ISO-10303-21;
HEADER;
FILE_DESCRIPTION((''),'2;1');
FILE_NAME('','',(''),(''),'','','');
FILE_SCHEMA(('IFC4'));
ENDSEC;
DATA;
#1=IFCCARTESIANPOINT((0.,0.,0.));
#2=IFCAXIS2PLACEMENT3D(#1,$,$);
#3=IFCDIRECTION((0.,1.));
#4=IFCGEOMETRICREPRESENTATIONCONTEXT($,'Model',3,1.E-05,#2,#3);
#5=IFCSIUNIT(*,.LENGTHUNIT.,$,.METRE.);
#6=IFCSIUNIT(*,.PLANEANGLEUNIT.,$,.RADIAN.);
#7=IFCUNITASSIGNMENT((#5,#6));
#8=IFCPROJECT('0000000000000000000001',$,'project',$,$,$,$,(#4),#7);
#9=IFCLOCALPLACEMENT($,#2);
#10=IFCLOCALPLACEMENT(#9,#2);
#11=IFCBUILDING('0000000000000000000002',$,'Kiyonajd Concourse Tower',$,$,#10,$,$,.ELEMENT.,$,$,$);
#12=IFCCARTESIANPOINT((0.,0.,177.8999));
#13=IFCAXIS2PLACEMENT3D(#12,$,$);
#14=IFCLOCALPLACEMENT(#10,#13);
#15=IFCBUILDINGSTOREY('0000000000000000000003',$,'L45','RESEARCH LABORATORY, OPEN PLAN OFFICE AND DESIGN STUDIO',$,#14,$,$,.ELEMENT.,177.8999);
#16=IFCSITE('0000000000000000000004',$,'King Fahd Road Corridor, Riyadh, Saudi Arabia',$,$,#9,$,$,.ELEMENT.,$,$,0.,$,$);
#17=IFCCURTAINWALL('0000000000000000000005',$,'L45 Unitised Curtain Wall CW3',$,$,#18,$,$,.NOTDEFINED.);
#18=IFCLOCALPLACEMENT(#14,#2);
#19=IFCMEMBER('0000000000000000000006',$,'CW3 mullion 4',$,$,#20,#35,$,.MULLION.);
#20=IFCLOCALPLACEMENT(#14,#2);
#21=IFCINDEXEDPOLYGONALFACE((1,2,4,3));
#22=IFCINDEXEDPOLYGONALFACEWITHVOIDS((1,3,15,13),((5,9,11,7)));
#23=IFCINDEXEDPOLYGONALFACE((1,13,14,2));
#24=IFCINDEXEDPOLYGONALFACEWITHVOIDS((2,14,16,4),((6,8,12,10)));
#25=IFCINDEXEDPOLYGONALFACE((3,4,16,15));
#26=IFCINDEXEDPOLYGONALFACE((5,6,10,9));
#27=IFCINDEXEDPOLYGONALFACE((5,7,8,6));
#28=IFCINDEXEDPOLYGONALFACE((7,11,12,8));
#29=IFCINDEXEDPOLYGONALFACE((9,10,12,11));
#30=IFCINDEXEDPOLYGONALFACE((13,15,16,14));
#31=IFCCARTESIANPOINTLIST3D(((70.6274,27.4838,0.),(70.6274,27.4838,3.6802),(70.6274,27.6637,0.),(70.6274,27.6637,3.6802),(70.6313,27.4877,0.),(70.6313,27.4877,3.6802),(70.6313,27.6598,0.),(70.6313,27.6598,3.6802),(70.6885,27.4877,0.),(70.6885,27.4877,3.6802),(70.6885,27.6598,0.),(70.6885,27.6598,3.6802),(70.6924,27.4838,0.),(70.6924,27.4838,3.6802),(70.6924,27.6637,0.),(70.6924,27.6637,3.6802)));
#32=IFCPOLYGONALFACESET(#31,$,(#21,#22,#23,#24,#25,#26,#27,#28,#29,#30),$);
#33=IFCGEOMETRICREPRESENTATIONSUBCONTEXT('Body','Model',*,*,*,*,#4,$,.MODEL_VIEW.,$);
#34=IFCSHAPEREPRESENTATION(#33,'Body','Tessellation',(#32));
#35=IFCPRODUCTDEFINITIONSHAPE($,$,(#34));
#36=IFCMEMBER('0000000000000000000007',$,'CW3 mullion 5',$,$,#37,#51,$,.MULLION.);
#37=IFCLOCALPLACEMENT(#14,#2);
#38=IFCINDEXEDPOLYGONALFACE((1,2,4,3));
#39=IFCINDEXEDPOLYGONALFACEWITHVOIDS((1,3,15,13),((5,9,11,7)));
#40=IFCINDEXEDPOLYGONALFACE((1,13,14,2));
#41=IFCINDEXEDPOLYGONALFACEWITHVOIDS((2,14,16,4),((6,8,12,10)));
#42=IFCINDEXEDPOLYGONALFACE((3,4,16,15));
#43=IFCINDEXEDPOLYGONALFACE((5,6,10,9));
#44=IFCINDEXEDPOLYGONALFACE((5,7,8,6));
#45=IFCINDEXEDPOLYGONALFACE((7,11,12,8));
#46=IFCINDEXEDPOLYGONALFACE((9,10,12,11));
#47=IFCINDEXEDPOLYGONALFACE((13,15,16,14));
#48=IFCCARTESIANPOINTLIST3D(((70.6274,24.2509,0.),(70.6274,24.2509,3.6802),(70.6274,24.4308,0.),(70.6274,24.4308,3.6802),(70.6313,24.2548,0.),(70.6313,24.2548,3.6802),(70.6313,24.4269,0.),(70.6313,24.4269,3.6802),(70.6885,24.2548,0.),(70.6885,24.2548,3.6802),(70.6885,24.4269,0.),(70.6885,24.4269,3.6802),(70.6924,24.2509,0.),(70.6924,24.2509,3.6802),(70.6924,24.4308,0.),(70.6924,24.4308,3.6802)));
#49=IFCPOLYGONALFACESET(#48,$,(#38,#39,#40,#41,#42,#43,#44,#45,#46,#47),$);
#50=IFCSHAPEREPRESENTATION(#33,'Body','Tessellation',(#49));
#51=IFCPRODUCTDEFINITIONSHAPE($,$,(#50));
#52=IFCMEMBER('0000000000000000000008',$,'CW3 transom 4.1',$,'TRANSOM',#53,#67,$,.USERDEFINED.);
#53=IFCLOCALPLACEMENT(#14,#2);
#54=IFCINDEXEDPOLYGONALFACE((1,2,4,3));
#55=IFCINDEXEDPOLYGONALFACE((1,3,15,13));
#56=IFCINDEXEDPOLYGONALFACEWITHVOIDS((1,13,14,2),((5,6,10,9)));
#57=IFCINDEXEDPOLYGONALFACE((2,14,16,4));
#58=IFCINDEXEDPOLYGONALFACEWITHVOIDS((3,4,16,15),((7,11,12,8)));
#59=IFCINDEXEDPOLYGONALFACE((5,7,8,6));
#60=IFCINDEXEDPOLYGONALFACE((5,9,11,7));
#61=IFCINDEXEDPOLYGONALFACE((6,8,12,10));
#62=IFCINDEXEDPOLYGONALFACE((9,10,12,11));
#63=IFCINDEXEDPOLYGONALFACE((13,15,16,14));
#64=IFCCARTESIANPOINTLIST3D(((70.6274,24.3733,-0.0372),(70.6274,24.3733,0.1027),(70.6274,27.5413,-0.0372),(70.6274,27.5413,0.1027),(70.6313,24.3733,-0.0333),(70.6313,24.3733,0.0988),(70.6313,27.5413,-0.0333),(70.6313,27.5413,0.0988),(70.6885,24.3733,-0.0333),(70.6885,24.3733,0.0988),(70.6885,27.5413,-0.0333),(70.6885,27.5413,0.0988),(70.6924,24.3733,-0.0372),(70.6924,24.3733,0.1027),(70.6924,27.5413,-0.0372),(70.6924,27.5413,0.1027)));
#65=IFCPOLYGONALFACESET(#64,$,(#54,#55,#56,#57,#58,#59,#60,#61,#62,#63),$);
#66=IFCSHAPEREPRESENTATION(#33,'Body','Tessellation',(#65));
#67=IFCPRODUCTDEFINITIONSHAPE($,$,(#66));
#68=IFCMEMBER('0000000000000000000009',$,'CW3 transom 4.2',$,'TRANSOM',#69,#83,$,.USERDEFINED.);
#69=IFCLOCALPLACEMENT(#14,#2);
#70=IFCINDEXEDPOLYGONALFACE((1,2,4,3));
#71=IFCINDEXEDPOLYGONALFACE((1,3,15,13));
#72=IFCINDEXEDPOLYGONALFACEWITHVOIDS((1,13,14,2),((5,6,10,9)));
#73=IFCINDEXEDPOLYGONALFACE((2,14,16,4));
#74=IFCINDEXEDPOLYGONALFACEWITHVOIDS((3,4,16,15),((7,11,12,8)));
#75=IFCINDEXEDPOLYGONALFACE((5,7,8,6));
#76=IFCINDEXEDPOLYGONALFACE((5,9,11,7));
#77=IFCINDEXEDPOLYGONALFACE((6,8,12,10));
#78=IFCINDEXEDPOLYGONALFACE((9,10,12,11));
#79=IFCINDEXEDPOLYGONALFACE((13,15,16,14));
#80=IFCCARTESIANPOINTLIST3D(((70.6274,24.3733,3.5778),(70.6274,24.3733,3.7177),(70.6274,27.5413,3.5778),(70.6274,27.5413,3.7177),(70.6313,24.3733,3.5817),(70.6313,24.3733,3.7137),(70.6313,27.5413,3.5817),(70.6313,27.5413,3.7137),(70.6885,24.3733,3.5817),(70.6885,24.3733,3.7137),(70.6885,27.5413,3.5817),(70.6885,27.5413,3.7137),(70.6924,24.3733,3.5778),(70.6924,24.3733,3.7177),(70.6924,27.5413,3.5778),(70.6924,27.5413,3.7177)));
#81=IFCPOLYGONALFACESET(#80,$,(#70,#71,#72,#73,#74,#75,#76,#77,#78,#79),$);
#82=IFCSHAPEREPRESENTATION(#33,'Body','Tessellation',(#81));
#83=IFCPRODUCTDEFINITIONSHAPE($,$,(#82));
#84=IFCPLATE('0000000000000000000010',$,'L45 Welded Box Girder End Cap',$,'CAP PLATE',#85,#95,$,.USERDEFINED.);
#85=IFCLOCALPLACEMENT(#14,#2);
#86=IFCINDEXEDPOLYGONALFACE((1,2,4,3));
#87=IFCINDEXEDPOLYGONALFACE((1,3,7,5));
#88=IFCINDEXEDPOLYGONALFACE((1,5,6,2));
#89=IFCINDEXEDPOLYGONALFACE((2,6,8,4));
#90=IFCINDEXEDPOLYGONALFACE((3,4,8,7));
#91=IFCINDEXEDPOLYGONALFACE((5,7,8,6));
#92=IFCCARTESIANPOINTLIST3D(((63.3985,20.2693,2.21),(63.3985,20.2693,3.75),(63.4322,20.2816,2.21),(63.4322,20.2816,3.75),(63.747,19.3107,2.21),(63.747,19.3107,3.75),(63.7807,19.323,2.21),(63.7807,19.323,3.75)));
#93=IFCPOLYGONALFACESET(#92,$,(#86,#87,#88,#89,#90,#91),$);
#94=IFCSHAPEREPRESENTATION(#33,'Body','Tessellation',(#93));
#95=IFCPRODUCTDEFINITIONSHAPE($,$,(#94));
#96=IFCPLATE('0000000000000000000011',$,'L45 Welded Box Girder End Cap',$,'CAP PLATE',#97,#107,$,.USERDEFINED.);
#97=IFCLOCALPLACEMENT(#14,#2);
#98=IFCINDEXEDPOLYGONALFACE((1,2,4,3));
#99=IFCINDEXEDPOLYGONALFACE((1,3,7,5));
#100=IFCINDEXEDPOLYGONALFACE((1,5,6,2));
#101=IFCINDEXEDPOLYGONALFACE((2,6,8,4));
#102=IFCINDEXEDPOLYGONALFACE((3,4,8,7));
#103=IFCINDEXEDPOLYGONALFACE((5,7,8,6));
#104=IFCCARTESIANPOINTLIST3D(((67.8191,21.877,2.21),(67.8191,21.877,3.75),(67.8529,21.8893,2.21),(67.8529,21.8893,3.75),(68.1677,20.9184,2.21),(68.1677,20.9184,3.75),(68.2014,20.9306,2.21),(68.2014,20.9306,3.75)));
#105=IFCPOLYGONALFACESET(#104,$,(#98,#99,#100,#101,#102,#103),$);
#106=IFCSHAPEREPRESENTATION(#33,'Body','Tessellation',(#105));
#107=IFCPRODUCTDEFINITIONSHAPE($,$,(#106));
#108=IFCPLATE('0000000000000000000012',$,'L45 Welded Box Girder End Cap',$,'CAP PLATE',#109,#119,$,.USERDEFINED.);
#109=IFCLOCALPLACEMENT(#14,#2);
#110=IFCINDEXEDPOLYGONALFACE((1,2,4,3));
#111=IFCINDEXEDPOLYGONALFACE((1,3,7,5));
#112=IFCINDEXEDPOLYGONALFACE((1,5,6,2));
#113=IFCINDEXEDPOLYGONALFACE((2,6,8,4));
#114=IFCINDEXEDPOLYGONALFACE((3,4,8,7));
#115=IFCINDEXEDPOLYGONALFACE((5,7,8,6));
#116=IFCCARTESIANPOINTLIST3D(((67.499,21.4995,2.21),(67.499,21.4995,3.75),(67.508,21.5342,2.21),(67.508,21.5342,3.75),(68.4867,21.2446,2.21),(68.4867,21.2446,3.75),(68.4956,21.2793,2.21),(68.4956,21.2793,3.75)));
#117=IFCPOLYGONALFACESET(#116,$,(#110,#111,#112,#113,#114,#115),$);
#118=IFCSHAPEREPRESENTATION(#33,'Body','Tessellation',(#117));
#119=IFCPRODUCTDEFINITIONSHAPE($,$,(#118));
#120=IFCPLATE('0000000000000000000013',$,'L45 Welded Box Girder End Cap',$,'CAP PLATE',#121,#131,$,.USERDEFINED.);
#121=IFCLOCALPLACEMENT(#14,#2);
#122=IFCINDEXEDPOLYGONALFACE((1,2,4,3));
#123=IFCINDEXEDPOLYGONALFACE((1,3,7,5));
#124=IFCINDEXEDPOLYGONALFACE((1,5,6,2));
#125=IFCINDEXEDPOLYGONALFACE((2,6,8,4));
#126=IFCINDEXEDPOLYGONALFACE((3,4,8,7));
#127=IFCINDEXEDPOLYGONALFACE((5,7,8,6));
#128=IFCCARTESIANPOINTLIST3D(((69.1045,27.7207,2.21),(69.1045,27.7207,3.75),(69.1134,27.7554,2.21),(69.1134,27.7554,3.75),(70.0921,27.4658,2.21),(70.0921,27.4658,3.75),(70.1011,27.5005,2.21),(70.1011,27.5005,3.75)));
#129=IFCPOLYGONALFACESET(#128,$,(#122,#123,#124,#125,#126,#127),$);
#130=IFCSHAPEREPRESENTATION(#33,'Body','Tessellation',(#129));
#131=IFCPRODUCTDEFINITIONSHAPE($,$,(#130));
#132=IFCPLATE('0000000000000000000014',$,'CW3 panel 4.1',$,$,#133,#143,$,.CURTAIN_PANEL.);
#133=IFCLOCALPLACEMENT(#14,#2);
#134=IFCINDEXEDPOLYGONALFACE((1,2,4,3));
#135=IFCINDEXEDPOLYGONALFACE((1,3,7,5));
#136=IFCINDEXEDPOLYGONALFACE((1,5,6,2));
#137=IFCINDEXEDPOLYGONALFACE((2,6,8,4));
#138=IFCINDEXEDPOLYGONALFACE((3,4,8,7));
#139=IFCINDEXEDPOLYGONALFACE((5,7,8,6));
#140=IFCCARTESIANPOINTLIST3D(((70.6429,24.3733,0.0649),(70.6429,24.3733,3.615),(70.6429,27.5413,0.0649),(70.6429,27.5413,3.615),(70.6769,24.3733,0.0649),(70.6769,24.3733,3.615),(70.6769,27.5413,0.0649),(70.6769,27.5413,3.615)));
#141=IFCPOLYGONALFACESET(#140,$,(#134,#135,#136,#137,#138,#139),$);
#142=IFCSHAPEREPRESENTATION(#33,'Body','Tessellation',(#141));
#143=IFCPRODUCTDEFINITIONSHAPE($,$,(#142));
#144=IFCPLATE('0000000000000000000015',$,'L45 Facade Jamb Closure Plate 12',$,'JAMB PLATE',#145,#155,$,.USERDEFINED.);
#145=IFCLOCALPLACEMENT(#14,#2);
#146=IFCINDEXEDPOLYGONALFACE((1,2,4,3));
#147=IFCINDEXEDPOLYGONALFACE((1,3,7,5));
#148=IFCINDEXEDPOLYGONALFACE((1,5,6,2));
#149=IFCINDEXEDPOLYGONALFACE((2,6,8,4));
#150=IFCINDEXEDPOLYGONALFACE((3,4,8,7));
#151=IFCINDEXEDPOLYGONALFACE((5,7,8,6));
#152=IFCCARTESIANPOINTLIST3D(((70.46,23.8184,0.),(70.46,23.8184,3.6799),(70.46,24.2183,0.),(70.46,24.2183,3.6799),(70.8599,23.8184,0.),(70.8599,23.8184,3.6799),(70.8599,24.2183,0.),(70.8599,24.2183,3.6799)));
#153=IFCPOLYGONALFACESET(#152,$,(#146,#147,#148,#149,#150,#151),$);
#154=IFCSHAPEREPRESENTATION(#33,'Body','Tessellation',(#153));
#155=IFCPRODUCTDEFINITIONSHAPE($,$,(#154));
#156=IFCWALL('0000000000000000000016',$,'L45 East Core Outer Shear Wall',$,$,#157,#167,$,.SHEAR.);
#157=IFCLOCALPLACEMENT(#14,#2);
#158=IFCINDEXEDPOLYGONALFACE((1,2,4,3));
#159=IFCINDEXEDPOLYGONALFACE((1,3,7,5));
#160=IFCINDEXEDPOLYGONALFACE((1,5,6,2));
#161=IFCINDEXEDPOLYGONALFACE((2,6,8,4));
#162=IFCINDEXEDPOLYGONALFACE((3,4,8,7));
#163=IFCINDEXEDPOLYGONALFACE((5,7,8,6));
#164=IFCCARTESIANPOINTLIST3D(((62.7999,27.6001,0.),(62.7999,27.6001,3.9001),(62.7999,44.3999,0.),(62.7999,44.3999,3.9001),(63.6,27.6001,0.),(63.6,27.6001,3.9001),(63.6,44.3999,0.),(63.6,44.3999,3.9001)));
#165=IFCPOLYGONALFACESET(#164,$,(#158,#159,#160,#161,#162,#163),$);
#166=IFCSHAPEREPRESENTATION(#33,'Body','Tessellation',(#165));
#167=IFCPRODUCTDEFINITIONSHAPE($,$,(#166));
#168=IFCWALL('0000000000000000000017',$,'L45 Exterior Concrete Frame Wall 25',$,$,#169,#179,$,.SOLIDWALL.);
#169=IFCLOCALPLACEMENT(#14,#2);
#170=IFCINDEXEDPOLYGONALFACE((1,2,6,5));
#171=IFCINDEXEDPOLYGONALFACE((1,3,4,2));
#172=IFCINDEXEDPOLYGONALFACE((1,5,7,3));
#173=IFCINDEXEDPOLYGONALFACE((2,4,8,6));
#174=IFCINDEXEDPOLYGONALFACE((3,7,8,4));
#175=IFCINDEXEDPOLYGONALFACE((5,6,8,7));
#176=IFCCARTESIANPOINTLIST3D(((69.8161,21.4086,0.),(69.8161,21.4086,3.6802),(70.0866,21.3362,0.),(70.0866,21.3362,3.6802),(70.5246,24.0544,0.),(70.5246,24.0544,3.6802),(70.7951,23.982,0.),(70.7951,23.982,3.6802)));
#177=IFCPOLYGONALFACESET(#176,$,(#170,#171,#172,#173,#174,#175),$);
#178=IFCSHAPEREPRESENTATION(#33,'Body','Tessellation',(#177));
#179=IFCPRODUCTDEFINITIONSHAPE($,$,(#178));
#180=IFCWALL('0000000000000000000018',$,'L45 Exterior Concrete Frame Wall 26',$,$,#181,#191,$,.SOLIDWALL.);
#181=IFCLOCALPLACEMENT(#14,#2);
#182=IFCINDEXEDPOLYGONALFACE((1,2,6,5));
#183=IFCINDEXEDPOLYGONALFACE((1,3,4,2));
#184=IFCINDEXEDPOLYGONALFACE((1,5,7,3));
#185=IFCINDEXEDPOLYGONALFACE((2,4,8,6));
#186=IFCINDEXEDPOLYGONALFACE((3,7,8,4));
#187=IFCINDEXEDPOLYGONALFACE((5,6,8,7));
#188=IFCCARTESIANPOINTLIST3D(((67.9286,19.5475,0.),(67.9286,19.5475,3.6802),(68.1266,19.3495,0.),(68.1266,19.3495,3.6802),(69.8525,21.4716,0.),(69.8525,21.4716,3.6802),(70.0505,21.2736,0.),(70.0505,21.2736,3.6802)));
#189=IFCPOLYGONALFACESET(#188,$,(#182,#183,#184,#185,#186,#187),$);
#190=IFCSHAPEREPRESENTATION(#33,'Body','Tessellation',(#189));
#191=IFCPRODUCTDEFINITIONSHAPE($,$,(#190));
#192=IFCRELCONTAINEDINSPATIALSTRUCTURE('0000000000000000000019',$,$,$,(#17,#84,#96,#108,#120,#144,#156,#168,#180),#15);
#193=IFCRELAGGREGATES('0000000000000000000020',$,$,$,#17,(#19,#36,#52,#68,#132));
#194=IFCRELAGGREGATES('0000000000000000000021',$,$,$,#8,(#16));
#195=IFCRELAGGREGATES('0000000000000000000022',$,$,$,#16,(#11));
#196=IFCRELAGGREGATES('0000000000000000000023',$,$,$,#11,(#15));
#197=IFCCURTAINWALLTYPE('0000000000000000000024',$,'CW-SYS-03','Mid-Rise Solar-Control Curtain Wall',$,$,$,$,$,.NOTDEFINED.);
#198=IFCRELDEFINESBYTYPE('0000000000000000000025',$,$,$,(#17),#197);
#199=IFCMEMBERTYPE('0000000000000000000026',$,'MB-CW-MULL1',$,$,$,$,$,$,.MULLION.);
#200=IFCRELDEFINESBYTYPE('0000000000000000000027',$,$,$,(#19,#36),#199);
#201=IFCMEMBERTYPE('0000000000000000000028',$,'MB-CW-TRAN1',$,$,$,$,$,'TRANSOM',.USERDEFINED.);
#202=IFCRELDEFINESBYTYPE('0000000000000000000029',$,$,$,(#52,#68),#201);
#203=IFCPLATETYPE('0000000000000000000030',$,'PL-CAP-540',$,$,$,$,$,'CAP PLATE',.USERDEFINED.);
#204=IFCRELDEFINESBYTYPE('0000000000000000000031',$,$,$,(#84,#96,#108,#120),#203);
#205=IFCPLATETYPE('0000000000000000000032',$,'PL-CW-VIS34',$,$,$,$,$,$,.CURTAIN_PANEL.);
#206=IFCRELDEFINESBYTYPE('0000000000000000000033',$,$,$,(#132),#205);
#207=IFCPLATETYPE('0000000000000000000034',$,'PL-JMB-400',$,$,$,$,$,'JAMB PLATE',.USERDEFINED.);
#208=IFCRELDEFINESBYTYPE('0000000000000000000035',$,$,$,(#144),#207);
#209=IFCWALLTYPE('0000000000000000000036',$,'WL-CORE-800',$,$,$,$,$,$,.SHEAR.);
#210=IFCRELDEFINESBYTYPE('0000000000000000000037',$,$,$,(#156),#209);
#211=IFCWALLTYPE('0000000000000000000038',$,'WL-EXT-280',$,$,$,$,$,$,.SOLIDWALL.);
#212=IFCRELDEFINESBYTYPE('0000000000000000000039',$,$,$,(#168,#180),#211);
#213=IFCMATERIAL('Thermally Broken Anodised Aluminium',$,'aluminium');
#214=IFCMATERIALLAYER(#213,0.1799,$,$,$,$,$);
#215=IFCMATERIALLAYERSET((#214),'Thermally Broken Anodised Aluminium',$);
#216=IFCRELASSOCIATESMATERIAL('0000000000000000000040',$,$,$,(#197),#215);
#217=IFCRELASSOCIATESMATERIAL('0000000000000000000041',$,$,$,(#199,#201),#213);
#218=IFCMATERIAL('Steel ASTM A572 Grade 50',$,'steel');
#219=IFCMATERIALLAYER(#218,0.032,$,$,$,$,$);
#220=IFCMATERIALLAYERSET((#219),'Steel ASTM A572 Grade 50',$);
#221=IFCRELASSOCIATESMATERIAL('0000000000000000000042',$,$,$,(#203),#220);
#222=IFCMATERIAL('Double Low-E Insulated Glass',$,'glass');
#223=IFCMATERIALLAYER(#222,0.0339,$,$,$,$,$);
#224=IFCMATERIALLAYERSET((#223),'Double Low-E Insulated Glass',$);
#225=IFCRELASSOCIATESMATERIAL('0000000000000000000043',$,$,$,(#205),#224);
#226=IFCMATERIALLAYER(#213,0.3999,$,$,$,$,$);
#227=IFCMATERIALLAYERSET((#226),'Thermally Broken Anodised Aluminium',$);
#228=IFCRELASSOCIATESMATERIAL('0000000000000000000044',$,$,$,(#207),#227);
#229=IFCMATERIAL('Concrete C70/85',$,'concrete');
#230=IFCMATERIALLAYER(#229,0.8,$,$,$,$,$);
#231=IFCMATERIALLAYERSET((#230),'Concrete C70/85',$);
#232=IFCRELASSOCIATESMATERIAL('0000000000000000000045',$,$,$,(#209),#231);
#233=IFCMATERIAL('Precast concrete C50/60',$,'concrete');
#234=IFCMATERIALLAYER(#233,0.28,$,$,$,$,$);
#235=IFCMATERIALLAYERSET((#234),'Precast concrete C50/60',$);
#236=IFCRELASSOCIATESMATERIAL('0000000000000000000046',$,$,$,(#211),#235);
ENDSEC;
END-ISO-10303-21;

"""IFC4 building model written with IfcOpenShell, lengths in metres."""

from ifc_helpers import new_model, si_unit, direction, frame, frame_2d, origin, origin_2d, place, context, subcontext, project, spatial, rectangle, hollow_rectangle, extrude, material, layer, layer_set, material_profile, profile_set, type_object, element, aggregate, save


model = new_model("IFC4")

# Units and contexts
model_context = context("Model", 3, precision=1e-05, world=origin(), true_north=direction((0.0, 1.0)))
body_context = subcontext(model_context, "Body", "Model", "MODEL_VIEW")
ifc_project = project(units=[si_unit("LENGTHUNIT", "METRE"), si_unit("PLANEANGLEUNIT", "RADIAN")], contexts=[model_context])

# Site, building, storey
site_placement = place(None, origin())
site = spatial("IfcSite", under=ifc_project, at=site_placement, Name="King Fahd Road Corridor, Riyadh, Saudi Arabia", CompositionType="ELEMENT", RefElevation=0.0)
building_placement = place(site_placement, origin())
building = spatial("IfcBuilding", under=site, at=building_placement, Name="Kiyonajd Concourse Tower", CompositionType="ELEMENT")
storey_placement = place(building_placement, frame((0.0, 0.0, 177.8999)))
storey = spatial("IfcBuildingStorey", under=building, at=storey_placement, Name="L45", Description="RESEARCH LABORATORY, OPEN PLAN OFFICE AND DESIGN STUDIO", CompositionType="ELEMENT", Elevation=177.8999)

# Shared definitions
ifc_material_1 = material(Name="Concrete C70/85", Category="concrete")

# Shared definitions
ifc_material_2 = material(Name="Steel ASTM A572 Grade 50", Category="steel")

# Curtain wall, members
ifc_material_3 = material(Name="Thermally Broken Anodised Aluminium", Category="aluminium")
ifc_layer_1 = layer(ifc_material_3, 0.1799)
ifc_layer_set_1 = layer_set([ifc_layer_1], Name="Thermally Broken Anodised Aluminium")
curtain_wall_type = type_object("IfcCurtainWallType", Name="CW-SYS-03", Description="Mid-Rise Solar-Control Curtain Wall", PredefinedType="NOTDEFINED", material=ifc_layer_set_1)
curtain_wall_placement = place(storey_placement, origin())
curtain_wall = element("IfcCurtainWall", 1, at=curtain_wall_placement, inside=storey, type_object=curtain_wall_type, Name="L45 Unitised Curtain Wall CW3", PredefinedType="NOTDEFINED")
ifc_material_profile_1 = material_profile(ifc_material_3, hollow_rectangle(XDim=0.0649, YDim=0.1799, WallThickness=0.0039, at=origin_2d()), Name="MULL-65x180")
ifc_profile_set_1 = profile_set([ifc_material_profile_1], Name="Thermally Broken Anodised Aluminium")
member_type_1 = type_object("IfcMemberType", Name="MB-CW-MULL1", PredefinedType="MULLION", material=ifc_profile_set_1)
member_1_placement = place(storey_placement, frame((70.6599, 27.5737, 0.0), z_axis=(0.0, 0.0, 1.0), x_axis=(1.0, 0.0, 0.0)))
member_1 = element("IfcMember", 2, at=member_1_placement, type_object=member_type_1, Name="CW3 mullion 4", PredefinedType="MULLION", context=body_context, shape_type="SweptSolid", body=[
    extrude(hollow_rectangle(XDim=0.0649, YDim=0.1799, WallThickness=0.0039, at=origin_2d()), origin(), (0.0, 0.0, 1.0), 3.6802),
])
member_2_placement = place(storey_placement, frame((70.6599, 24.3408, 0.0), z_axis=(0.0, 0.0, 1.0), x_axis=(1.0, 0.0, 0.0)))
member_2 = element("IfcMember", 3, at=member_2_placement, type_object=member_type_1, Name="CW3 mullion 5", PredefinedType="MULLION", context=body_context, shape_type="SweptSolid", body=[
    extrude(hollow_rectangle(XDim=0.0649, YDim=0.1799, WallThickness=0.0039, at=origin_2d()), origin(), (0.0, 0.0, 1.0), 3.6802),
])
ifc_material_profile_2 = material_profile(ifc_material_3, hollow_rectangle(XDim=0.0649, YDim=0.1399, WallThickness=0.0039, at=origin_2d()), Name="TRAN-65x140")
ifc_profile_set_2 = profile_set([ifc_material_profile_2], Name="Thermally Broken Anodised Aluminium")
member_type_2 = type_object("IfcMemberType", Name="MB-CW-TRAN1", ElementType="TRANSOM", PredefinedType="USERDEFINED", material=ifc_profile_set_2)
member_3_placement = place(storey_placement, frame((70.6599, 27.5413, 0.0327), z_axis=(0.0, -1.0, 0.0), x_axis=(1.0, 0.0, 0.0)))
member_3 = element("IfcMember", 4, at=member_3_placement, type_object=member_type_2, Name="CW3 transom 4.1", ObjectType="TRANSOM", PredefinedType="USERDEFINED", context=body_context, shape_type="SweptSolid", body=[
    extrude(hollow_rectangle(XDim=0.0649, YDim=0.1399, WallThickness=0.0039, at=origin_2d()), origin(), (0.0, 0.0, 1.0), 3.168),
])
member_4_placement = place(storey_placement, frame((70.6599, 27.5413, 3.6477), z_axis=(0.0, -1.0, 0.0), x_axis=(1.0, 0.0, 0.0)))
member_4 = element("IfcMember", 5, at=member_4_placement, type_object=member_type_2, Name="CW3 transom 4.2", ObjectType="TRANSOM", PredefinedType="USERDEFINED", context=body_context, shape_type="SweptSolid", body=[
    extrude(hollow_rectangle(XDim=0.0649, YDim=0.1399, WallThickness=0.0039, at=origin_2d()), origin(), (0.0, 0.0, 1.0), 3.168),
])

# Plates
ifc_layer_2 = layer(ifc_material_2, 0.032)
ifc_layer_set_2 = layer_set([ifc_layer_2], Name="Steel ASTM A572 Grade 50")
plate_type_1 = type_object("IfcPlateType", Name="PL-CAP-540", ElementType="CAP PLATE", PredefinedType="USERDEFINED", material=ifc_layer_set_2)
for number, where, z_axis, x_axis, name in (
    (6, (63.5896, 19.7961, 2.21), (0.0, 0.0, 1.0), (-0.939812, -0.341692, 0.0), "L45 Welded Box Girder End Cap"),
    (7, (68.0103, 21.4038, 2.21), (0.0, 0.0, 1.0), (0.939812, 0.341692, 0.0), "L45 Welded Box Girder End Cap"),
    (8, (67.9973, 21.3894, 2.21), (0.0, 0.0, 1.0), (-0.249873, -0.968279, 0.0), "L45 Welded Box Girder End Cap"),
    (9, (69.6028, 27.6106, 2.21), (0.0, 0.0, 1.0), (0.249873, 0.968279, 0.0), "L45 Welded Box Girder End Cap"),
):
    element("IfcPlate", number, at=place(storey_placement, frame(where, z_axis=z_axis, x_axis=x_axis)), inside=storey, type_object=plate_type_1, Name=name, ObjectType="CAP PLATE", PredefinedType="USERDEFINED", context=body_context, shape_type="SweptSolid", body=[
        extrude(rectangle(XDim=0.0359, YDim=1.02, at=origin_2d()), origin(), (0.0, 0.0, 1.0), 1.54),
    ])

# Plates
ifc_material_4 = material(Name="Double Low-E Insulated Glass", Category="glass")
ifc_layer_3 = layer(ifc_material_4, 0.0339)
ifc_layer_set_3 = layer_set([ifc_layer_3], Name="Double Low-E Insulated Glass")
plate_type_2 = type_object("IfcPlateType", Name="PL-CW-VIS34", PredefinedType="CURTAIN_PANEL", material=ifc_layer_set_3)
plate_1_placement = place(storey_placement, frame((70.6599, 25.9573, 0.0649), z_axis=(0.0, 0.0, 1.0), x_axis=(0.0, -1.0, 0.0)))
plate_1 = element("IfcPlate", 10, at=plate_1_placement, type_object=plate_type_2, Name="CW3 panel 4.1", PredefinedType="CURTAIN_PANEL", context=body_context, shape_type="SweptSolid", body=[
    extrude(rectangle(XDim=3.168, YDim=0.0339, at=origin_2d()), origin(), (0.0, 0.0, 1.0), 3.55),
])
aggregate(curtain_wall, [member_1, member_2, member_3, member_4, plate_1])
ifc_layer_4 = layer(ifc_material_3, 0.3999)
ifc_layer_set_4 = layer_set([ifc_layer_4], Name="Thermally Broken Anodised Aluminium")
plate_type_3 = type_object("IfcPlateType", Name="PL-JMB-400", ElementType="JAMB PLATE", PredefinedType="USERDEFINED", material=ifc_layer_set_4)
plate_2_placement = place(storey_placement, frame((70.6599, 24.0183, 0.0), z_axis=(0.0, 0.0, 1.0), x_axis=(1.0, 0.0, 0.0)))
element("IfcPlate", 11, at=plate_2_placement, inside=storey, type_object=plate_type_3, Name="L45 Facade Jamb Closure Plate 12", ObjectType="JAMB PLATE", PredefinedType="USERDEFINED", context=body_context, shape_type="SweptSolid", body=[
    extrude(rectangle(XDim=0.3999, YDim=0.3999, at=origin_2d()), origin(), (0.0, 0.0, 1.0), 3.6799),
])

# Walls
ifc_layer_5 = layer(ifc_material_1, 0.8)
ifc_layer_set_5 = layer_set([ifc_layer_5], Name="Concrete C70/85")
wall_type_1 = type_object("IfcWallType", Name="WL-CORE-800", PredefinedType="SHEAR", material=ifc_layer_set_5)
wall_1_placement = place(storey_placement, frame((63.2, 27.6001, 0.0), z_axis=(0.0, 0.0, 1.0), x_axis=(0.0, 1.0, 0.0)))
element("IfcWall", 12, at=wall_1_placement, inside=storey, type_object=wall_type_1, Name="L45 East Core Outer Shear Wall", PredefinedType="SHEAR", context=body_context, shape_type="SweptSolid", body=[
    extrude(rectangle(XDim=16.7998, YDim=0.8, at=frame_2d((8.3999, 0.0))), origin(), (0.0, 0.0, 1.0), 3.9001),
])
ifc_material_5 = material(Name="Precast concrete C50/60", Category="concrete")
ifc_layer_6 = layer(ifc_material_5, 0.28)
ifc_layer_set_6 = layer_set([ifc_layer_6], Name="Precast concrete C50/60")
wall_type_2 = type_object("IfcWallType", Name="WL-EXT-280", PredefinedType="SOLIDWALL", material=ifc_layer_set_6)
wall_2_placement = place(storey_placement, frame((70.6599, 24.0183, 0.0), z_axis=(0.0, 0.0, 1.0), x_axis=(-0.258672, -0.965965, 0.0)))
element("IfcWall", 13, at=wall_2_placement, inside=storey, type_object=wall_type_2, Name="L45 Exterior Concrete Frame Wall 25", PredefinedType="SOLIDWALL", context=body_context, shape_type="SweptSolid", body=[
    extrude(rectangle(XDim=2.739, YDim=0.28, at=frame_2d((1.3696, 0.0))), origin(), (0.0, 0.0, 1.0), 3.6802),
])
wall_3_placement = place(storey_placement, frame((69.9514, 21.3726, 0.0), z_axis=(0.0, 0.0, 1.0), x_axis=(-0.707062, -0.707152, 0.0)))
element("IfcWall", 14, at=wall_3_placement, inside=storey, type_object=wall_type_2, Name="L45 Exterior Concrete Frame Wall 26", PredefinedType="SOLIDWALL", context=body_context, shape_type="SweptSolid", body=[
    extrude(rectangle(XDim=2.7209, YDim=0.28, at=frame_2d((1.3604, 0.0))), origin(), (0.0, 0.0, 1.0), 3.6802),
])

save(model, "model.ifc")
